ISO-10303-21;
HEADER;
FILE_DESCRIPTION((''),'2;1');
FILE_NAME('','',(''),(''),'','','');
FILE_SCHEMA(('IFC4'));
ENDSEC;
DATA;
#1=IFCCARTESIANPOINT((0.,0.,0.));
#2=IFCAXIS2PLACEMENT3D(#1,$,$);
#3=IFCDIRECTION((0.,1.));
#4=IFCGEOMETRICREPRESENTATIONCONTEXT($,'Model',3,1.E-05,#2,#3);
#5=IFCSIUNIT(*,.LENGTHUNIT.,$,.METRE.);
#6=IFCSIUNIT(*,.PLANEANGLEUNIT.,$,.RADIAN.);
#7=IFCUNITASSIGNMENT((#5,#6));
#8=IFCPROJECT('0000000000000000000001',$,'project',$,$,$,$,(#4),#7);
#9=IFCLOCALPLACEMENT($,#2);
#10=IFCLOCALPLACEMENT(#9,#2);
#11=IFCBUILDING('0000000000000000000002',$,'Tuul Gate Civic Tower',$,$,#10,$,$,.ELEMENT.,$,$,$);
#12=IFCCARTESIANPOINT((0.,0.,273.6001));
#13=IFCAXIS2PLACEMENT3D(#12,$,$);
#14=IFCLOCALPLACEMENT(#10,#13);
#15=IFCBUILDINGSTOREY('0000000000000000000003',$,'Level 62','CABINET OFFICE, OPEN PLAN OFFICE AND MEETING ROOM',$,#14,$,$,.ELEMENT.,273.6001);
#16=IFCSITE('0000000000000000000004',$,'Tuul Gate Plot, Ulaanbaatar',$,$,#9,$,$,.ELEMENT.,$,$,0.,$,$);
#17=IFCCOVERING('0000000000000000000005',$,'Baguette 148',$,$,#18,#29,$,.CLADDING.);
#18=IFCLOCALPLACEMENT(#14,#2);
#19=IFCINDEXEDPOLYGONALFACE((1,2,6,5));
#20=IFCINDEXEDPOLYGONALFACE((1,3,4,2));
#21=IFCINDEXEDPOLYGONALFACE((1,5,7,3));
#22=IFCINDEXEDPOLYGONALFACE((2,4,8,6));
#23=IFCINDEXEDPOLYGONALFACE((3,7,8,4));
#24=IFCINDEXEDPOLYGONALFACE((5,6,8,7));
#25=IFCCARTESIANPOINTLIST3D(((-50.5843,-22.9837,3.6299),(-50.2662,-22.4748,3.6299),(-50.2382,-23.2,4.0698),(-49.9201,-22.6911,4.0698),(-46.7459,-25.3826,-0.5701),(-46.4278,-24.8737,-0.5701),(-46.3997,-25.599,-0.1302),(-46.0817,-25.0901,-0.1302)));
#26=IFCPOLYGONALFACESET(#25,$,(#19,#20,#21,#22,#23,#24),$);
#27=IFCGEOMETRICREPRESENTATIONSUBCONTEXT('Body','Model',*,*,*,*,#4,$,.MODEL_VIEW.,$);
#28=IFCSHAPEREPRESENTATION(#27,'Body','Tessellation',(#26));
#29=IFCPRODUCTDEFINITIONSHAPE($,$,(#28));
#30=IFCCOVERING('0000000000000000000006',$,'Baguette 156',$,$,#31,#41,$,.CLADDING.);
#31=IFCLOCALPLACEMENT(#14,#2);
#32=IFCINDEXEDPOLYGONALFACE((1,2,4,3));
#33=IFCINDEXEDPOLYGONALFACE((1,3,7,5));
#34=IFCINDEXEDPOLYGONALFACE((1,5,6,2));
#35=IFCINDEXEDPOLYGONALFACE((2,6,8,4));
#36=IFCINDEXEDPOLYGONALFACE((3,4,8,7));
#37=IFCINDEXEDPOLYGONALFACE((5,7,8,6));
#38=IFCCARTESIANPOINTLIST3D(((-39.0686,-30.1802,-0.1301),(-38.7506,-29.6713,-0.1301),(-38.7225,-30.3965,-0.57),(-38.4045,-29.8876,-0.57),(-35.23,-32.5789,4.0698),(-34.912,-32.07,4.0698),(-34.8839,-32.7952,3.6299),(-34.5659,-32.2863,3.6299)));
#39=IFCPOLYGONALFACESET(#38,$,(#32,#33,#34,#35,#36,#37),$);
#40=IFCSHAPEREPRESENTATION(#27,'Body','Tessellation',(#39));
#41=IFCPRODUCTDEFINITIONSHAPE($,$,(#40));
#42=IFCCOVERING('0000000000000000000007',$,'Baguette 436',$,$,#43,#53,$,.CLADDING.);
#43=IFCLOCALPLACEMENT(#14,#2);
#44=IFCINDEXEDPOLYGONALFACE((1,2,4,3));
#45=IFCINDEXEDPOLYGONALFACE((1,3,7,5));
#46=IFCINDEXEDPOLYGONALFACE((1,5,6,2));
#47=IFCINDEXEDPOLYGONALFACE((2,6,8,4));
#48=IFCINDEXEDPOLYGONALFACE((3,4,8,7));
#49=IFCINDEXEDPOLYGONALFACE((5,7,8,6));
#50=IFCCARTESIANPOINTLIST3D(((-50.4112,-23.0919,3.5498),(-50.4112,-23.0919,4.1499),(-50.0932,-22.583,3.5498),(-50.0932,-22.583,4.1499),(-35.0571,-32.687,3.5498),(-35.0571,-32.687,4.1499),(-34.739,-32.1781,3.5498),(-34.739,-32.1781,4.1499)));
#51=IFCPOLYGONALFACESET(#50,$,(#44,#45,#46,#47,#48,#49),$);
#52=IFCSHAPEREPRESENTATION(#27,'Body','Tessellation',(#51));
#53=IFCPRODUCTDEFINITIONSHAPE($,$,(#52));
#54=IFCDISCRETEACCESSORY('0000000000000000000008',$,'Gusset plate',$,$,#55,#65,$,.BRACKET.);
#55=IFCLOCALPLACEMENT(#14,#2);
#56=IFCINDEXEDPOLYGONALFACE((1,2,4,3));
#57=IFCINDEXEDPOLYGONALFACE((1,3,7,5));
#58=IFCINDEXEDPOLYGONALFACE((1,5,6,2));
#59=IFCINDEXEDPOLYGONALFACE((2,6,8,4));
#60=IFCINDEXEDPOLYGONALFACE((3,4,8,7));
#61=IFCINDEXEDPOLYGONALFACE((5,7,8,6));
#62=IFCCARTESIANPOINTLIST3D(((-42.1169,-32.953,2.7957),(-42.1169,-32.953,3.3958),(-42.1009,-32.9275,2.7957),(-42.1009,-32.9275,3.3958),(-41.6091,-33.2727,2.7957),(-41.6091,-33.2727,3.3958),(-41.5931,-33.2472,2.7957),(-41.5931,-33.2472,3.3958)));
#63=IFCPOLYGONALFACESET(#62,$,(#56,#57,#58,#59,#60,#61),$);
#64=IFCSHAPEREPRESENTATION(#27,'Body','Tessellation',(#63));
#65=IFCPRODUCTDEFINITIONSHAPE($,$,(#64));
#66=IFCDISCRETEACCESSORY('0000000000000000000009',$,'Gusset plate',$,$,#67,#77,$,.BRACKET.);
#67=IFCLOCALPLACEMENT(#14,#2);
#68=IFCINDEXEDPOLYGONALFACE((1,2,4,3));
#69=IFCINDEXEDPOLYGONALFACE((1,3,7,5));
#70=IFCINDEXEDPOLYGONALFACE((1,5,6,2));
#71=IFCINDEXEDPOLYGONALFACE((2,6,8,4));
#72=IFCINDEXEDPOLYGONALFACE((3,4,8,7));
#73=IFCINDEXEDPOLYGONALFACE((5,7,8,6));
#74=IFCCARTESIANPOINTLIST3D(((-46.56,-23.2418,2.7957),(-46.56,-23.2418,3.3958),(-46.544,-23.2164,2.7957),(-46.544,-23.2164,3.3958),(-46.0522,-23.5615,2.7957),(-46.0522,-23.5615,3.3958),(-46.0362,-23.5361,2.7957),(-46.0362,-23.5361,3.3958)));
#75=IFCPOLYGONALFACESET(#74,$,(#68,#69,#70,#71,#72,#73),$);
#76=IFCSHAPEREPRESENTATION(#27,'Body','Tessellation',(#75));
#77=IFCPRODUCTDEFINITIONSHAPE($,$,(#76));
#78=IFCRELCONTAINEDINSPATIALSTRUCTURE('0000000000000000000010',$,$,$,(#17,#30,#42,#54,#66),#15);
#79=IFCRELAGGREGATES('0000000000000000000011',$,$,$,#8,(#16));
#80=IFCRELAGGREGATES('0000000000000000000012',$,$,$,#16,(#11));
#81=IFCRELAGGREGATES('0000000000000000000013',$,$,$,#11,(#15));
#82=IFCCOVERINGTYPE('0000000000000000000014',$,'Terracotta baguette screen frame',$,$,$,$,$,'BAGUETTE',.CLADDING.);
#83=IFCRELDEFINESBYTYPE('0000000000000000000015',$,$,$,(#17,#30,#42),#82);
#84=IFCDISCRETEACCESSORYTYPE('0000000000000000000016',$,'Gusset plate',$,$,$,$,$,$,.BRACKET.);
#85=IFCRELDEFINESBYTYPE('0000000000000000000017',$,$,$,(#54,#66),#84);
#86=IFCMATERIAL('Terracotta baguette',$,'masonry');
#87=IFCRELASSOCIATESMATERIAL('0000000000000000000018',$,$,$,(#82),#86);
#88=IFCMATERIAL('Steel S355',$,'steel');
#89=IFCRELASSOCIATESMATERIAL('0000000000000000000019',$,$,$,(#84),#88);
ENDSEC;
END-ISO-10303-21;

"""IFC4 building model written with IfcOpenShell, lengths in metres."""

from ifc_helpers import new_model, si_unit, direction, frame, origin, origin_2d, place, context, subcontext, project, spatial, rectangle, extrude, material, material_profile, profile_set, type_object, element, save


model = new_model("IFC4")

# Units and contexts
model_context = context("Model", 3, precision=1e-05, world=origin(), true_north=direction((0.0, 1.0)))
body_context = subcontext(model_context, "Body", "Model", "MODEL_VIEW")
ifc_project = project(units=[si_unit("LENGTHUNIT", "METRE"), si_unit("PLANEANGLEUNIT", "RADIAN")], contexts=[model_context])

# Site, building, storey
site_placement = place(None, origin())
site = spatial("IfcSite", under=ifc_project, at=site_placement, Name="Tuul Gate Plot, Ulaanbaatar", CompositionType="ELEMENT", RefElevation=0.0)
building_placement = place(site_placement, origin())
building = spatial("IfcBuilding", under=site, at=building_placement, Name="Tuul Gate Civic Tower", CompositionType="ELEMENT")
storey_placement = place(building_placement, frame((0.0, 0.0, 273.6001)))
storey = spatial("IfcBuildingStorey", under=building, at=storey_placement, Name="Level 62", Description="CABINET OFFICE, OPEN PLAN OFFICE AND MEETING ROOM", CompositionType="ELEMENT", Elevation=273.6001)

# Coverings
ifc_material_1 = material(Name="Terracotta baguette", Category="masonry")
ifc_material_profile_1 = material_profile(ifc_material_1, rectangle(XDim=0.6001, YDim=0.6001, at=origin_2d()), Name="Terracotta baguette screen frame")
ifc_profile_set_1 = profile_set([ifc_material_profile_1], Name="Terracotta baguette")
covering_type = type_object("IfcCoveringType", Name="Terracotta baguette screen frame", ElementType="BAGUETTE", PredefinedType="CLADDING", material=ifc_profile_set_1)
for number, where, z_axis, x_axis, name in (
    (1, (-50.2522, -22.8374, 3.8499), (0.621625, -0.388505, -0.680181), (0.529989, 0.848004, 0.0), "Baguette 148"),
    (2, (-38.7366, -30.0339, -0.3501), (0.621658, -0.388462, 0.680175), (0.529926, 0.848044, 0.0), "Baguette 156"),
):
    element("IfcCovering", number, at=place(storey_placement, frame(where, z_axis=z_axis, x_axis=x_axis)), inside=storey, type_object=covering_type, Name=name, PredefinedType="CLADDING", context=body_context, shape_type="SweptSolid", body=[
        extrude(rectangle(XDim=0.6001, YDim=0.6001, at=origin_2d()), origin(), (0.0, 0.0, 1.0), 6.1748),
    ])
covering_1_placement = place(storey_placement, frame((-50.2522, -22.8374, 3.8499), z_axis=(0.848028, -0.529952, 0.0), x_axis=(0.529952, 0.848028, 0.0)))
element("IfcCovering", 3, at=covering_1_placement, inside=storey, type_object=covering_type, Name="Baguette 436", PredefinedType="CLADDING", context=body_context, shape_type="SweptSolid", body=[
    extrude(rectangle(XDim=0.6001, YDim=0.6001, at=origin_2d()), origin(), (0.0, 0.0, 1.0), 18.1057),
])

# Discrete accessories
ifc_material_2 = material(Name="Steel S355", Category="steel")
discrete_accessory_type = type_object("IfcDiscreteAccessoryType", Name="Gusset plate", PredefinedType="BRACKET", material=ifc_material_2)
for number, where, z_axis, x_axis, name in (
    (4, (-41.855, -33.1001, 2.7957), (0.0, 0.0, 1.0), (-0.846275, 0.532746, 0.0), "Gusset plate"),
    (5, (-46.2981, -23.3889, 2.7957), (0.0, 0.0, 1.0), (0.846275, -0.532746, 0.0), "Gusset plate"),
):
    element("IfcDiscreteAccessory", number, at=place(storey_placement, frame(where, z_axis=z_axis, x_axis=x_axis)), inside=storey, type_object=discrete_accessory_type, Name=name, PredefinedType="BRACKET", context=body_context, shape_type="SweptSolid", body=[
        extrude(rectangle(XDim=0.6001, YDim=0.03, at=origin_2d()), origin(), (0.0, 0.0, 1.0), 0.6001),
    ])

save(model, "model.ifc")
